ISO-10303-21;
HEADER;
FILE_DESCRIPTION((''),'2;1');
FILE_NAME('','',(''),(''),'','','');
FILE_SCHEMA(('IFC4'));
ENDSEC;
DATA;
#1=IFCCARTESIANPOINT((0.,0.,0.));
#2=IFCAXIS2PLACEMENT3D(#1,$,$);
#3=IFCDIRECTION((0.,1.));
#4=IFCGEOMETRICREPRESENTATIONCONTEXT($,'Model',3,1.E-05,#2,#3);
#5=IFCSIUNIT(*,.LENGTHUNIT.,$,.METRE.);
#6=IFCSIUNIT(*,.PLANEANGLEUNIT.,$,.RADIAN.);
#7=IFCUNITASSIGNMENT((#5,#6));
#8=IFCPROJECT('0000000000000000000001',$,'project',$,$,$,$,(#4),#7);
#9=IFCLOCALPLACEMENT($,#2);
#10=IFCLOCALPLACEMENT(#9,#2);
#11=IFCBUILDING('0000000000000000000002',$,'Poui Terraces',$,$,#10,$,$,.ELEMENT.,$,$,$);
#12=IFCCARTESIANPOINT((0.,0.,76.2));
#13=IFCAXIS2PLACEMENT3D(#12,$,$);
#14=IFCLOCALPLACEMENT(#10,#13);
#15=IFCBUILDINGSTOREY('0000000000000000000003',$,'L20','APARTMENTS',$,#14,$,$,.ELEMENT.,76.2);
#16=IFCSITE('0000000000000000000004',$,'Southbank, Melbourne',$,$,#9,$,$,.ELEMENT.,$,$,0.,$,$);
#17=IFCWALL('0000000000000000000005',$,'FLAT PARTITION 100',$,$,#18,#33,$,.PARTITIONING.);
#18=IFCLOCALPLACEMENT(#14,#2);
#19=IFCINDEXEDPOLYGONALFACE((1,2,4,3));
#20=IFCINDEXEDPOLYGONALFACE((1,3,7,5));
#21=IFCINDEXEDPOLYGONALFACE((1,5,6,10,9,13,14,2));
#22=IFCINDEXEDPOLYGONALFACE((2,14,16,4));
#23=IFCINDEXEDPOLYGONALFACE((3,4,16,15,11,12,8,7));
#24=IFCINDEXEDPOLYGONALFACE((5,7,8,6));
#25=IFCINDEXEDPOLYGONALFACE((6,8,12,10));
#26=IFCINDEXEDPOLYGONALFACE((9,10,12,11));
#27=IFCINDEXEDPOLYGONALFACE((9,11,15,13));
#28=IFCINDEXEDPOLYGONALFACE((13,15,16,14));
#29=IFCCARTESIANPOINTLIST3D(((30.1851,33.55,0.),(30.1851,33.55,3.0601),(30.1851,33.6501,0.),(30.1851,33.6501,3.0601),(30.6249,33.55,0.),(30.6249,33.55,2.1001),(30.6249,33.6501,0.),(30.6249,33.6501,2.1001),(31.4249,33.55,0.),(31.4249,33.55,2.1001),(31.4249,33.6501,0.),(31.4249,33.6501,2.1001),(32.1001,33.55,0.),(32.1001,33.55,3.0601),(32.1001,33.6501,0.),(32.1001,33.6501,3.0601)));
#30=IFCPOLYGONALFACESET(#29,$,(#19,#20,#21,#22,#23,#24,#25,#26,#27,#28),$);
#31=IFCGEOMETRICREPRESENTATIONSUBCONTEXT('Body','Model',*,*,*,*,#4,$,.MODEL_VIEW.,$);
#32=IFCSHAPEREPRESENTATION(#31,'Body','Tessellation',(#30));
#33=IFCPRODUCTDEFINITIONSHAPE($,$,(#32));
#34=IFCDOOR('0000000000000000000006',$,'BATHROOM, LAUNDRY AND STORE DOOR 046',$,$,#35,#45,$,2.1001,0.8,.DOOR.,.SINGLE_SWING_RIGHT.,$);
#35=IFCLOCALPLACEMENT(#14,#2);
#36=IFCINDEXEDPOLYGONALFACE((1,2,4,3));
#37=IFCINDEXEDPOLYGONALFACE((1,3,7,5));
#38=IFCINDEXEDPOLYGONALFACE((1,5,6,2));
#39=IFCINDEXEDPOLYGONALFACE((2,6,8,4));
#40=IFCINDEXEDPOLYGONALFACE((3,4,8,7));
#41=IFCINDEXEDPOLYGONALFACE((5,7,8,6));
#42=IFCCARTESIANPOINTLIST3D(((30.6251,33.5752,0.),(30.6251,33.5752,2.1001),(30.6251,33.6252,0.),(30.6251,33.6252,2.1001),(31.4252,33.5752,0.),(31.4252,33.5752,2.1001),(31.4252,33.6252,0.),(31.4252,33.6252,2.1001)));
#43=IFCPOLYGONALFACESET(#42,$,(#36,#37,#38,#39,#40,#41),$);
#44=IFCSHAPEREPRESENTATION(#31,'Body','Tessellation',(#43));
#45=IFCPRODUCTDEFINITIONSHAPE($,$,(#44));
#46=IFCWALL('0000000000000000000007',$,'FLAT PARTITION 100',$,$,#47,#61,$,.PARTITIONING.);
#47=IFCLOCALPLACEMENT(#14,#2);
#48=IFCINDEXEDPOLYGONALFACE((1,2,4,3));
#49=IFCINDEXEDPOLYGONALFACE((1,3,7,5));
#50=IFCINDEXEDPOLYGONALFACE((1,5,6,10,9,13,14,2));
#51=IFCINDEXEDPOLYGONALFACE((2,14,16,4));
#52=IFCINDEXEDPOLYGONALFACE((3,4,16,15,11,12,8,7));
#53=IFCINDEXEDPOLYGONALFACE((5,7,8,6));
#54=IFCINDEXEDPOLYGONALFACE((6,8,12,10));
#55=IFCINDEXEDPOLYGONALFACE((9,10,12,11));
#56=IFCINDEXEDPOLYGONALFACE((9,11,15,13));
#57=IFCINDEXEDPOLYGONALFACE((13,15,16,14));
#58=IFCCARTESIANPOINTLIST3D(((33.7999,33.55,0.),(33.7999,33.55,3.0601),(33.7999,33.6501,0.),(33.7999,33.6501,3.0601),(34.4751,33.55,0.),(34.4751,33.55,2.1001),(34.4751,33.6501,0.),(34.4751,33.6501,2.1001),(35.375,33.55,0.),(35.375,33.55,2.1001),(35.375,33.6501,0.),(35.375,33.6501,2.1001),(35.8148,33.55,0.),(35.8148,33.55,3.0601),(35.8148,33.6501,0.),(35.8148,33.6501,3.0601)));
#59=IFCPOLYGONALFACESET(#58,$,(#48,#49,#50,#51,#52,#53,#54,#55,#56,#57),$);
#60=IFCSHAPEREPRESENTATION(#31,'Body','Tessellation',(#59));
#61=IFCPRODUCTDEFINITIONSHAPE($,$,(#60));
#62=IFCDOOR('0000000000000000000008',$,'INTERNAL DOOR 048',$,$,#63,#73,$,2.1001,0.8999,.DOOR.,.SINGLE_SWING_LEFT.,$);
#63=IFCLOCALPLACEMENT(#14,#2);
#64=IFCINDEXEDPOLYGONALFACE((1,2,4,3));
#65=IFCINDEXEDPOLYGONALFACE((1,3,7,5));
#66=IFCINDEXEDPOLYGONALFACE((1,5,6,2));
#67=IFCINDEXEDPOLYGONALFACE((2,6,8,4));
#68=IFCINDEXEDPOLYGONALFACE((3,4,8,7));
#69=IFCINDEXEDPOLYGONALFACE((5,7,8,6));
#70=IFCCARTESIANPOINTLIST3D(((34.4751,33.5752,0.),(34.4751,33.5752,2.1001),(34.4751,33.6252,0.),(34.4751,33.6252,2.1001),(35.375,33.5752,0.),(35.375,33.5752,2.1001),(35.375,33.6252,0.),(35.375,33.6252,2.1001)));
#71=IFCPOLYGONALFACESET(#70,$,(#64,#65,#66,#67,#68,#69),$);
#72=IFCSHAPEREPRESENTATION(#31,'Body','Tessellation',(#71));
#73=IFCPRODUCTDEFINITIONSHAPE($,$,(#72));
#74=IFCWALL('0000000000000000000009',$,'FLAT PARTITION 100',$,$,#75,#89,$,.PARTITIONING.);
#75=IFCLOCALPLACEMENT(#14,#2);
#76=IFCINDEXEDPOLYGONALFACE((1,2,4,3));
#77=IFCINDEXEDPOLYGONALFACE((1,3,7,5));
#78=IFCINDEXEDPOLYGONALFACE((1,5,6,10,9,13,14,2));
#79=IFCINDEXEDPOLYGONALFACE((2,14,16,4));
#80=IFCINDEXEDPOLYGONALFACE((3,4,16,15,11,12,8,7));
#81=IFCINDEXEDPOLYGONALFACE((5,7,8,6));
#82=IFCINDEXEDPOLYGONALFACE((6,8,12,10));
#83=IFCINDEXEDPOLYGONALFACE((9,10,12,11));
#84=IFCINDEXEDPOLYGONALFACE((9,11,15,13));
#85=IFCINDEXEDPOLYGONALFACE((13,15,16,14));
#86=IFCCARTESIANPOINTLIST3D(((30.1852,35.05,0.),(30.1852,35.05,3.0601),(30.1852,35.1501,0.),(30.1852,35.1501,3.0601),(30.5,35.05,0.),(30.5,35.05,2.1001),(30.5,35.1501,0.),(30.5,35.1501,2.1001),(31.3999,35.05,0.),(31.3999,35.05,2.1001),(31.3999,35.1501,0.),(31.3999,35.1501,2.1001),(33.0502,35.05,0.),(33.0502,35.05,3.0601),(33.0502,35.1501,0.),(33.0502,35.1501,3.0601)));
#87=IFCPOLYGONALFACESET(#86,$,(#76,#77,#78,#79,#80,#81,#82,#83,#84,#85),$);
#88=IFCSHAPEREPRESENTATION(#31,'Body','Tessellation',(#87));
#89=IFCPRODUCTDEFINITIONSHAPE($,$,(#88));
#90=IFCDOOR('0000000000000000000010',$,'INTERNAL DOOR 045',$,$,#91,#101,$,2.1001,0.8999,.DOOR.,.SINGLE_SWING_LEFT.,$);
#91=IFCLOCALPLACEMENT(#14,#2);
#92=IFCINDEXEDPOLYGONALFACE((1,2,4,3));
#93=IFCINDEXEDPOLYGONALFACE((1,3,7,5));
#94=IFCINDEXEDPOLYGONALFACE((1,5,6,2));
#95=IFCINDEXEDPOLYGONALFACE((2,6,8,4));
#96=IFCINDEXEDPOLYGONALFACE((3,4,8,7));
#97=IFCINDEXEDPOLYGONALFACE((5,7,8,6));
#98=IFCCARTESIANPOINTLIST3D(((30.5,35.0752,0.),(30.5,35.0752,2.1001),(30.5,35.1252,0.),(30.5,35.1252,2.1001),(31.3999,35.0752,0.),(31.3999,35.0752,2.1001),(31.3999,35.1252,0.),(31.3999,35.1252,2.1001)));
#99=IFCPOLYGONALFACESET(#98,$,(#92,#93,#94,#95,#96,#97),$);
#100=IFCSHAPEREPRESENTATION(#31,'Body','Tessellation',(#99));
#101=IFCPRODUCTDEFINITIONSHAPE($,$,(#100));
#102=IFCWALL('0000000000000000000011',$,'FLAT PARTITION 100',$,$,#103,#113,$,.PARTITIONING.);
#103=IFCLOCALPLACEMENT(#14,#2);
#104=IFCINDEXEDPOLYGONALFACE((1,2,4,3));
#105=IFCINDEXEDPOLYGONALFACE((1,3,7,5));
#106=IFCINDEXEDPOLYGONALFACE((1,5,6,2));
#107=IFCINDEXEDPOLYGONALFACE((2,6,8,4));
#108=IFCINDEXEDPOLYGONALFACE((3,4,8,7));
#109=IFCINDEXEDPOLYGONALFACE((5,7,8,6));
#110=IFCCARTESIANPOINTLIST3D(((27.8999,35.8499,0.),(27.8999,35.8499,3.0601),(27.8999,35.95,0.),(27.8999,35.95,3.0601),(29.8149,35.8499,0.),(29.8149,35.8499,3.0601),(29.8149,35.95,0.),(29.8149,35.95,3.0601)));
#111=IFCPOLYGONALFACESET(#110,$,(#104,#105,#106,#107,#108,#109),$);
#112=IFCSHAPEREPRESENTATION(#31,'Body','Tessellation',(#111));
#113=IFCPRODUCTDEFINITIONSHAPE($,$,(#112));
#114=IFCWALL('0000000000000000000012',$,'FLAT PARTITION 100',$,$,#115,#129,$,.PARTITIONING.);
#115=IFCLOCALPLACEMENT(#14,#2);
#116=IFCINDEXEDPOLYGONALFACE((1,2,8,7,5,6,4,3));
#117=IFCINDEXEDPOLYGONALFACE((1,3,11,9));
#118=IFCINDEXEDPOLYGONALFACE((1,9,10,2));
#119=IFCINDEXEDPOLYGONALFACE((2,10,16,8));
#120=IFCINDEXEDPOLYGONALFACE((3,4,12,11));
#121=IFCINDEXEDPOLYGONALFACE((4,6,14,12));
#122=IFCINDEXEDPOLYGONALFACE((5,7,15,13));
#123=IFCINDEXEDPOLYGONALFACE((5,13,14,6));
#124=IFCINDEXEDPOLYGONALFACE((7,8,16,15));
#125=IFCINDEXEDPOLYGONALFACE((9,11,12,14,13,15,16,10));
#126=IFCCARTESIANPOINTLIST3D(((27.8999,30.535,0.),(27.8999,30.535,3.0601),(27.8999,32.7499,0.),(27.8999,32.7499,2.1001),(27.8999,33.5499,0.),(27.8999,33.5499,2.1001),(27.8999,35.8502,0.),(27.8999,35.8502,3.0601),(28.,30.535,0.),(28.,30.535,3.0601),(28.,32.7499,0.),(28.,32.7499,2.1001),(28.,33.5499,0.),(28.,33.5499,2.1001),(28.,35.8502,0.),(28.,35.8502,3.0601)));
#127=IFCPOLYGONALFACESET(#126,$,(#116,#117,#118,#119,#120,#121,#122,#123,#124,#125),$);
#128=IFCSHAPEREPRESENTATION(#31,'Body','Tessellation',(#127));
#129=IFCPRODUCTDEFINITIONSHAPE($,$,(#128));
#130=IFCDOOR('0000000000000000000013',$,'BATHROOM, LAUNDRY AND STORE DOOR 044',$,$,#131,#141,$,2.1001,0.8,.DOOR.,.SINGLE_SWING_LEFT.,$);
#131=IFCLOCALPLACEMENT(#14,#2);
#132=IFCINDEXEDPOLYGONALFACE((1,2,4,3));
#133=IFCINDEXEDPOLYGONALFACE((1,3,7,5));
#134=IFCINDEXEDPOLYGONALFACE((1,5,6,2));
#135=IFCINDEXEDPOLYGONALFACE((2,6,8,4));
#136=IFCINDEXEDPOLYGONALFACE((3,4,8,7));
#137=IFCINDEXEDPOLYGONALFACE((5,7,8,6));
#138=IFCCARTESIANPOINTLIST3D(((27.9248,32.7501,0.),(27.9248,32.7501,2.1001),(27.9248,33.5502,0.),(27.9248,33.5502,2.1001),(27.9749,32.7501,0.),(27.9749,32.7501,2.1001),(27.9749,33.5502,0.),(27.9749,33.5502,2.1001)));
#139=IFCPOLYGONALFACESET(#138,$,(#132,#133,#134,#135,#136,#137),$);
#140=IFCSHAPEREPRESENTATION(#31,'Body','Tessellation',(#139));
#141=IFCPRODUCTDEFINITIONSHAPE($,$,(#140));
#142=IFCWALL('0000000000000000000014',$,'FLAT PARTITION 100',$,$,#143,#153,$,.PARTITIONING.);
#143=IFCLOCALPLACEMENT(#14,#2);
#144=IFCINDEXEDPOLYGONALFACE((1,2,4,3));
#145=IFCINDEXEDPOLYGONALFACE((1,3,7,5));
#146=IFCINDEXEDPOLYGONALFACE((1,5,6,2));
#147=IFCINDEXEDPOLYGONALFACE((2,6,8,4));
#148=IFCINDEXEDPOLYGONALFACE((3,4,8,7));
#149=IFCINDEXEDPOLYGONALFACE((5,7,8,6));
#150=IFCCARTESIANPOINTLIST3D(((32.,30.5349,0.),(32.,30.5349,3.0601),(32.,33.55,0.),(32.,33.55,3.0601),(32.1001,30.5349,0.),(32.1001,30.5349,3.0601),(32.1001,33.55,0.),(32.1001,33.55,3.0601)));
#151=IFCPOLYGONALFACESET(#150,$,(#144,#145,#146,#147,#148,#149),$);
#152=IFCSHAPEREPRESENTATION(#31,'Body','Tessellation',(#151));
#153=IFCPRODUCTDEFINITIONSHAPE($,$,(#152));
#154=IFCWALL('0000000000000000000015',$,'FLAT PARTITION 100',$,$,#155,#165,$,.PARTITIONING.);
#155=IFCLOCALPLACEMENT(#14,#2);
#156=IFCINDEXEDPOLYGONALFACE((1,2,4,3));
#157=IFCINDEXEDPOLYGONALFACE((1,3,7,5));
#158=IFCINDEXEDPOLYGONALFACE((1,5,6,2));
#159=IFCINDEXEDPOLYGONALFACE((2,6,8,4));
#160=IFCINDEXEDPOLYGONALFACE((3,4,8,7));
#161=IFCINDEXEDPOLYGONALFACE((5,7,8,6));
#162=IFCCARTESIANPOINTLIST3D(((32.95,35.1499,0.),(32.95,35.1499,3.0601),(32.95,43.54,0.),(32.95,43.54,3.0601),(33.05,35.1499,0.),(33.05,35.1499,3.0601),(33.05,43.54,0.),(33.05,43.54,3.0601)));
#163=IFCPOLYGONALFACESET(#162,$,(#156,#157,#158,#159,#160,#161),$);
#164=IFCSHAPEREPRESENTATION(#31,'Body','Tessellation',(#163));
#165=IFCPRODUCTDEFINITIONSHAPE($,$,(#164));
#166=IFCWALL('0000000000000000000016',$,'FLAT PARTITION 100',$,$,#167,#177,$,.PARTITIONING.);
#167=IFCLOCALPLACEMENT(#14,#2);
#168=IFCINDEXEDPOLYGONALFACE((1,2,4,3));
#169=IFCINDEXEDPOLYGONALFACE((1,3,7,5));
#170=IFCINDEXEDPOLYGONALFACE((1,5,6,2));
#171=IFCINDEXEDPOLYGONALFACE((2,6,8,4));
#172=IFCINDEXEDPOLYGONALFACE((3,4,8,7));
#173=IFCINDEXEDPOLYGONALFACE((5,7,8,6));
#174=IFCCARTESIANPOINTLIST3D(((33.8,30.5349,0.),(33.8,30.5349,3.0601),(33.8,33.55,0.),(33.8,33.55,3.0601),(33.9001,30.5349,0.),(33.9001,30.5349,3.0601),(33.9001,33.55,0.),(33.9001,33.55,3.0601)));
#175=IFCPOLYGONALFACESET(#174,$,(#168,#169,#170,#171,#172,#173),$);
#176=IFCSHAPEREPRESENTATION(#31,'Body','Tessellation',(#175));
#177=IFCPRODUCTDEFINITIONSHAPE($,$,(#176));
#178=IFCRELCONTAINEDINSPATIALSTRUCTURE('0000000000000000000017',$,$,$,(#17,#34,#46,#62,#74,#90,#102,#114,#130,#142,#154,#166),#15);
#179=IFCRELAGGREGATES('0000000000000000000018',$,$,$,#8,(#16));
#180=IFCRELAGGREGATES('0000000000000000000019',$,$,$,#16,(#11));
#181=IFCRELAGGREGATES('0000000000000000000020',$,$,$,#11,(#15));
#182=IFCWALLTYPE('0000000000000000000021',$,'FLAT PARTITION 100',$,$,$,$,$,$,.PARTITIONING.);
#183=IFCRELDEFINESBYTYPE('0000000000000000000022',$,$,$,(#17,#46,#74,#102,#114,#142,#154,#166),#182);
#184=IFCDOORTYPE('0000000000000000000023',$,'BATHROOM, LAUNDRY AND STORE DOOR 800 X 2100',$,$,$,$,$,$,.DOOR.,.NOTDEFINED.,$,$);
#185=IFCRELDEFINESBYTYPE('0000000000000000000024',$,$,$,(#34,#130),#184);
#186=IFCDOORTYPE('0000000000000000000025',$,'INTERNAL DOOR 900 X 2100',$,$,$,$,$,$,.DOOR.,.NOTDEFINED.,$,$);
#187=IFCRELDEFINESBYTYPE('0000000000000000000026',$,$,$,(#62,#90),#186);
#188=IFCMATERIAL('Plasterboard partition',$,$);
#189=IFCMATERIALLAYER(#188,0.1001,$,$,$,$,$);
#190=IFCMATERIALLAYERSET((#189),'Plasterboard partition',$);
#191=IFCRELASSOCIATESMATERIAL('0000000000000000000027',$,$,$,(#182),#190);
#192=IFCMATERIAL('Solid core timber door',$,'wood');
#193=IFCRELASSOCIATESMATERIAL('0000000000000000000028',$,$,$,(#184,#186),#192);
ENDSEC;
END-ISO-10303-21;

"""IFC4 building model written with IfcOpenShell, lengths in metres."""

from ifc_helpers import new_model, si_unit, direction, frame, frame_2d, origin, place, context, subcontext, project, spatial, rectangle, extrude, material, layer, layer_set, type_object, element, fill, save


model = new_model("IFC4")

# Units and contexts
model_context = context("Model", 3, precision=1e-05, world=origin(), true_north=direction((0.0, 1.0)))
body_context = subcontext(model_context, "Body", "Model", "MODEL_VIEW")
ifc_project = project(units=[si_unit("LENGTHUNIT", "METRE"), si_unit("PLANEANGLEUNIT", "RADIAN")], contexts=[model_context])

# Site, building, storey
site_placement = place(None, origin())
site = spatial("IfcSite", under=ifc_project, at=site_placement, Name="Southbank, Melbourne", CompositionType="ELEMENT", RefElevation=0.0)
building_placement = place(site_placement, origin())
building = spatial("IfcBuilding", under=site, at=building_placement, Name="Poui Terraces", CompositionType="ELEMENT")
storey_placement = place(building_placement, frame((0.0, 0.0, 76.2)))
storey = spatial("IfcBuildingStorey", under=building, at=storey_placement, Name="L20", Description="APARTMENTS", CompositionType="ELEMENT", Elevation=76.2)

# Walls, openings, doors
ifc_material_1 = material(Name="Plasterboard partition")
ifc_layer_1 = layer(ifc_material_1, 0.1001)
ifc_layer_set_1 = layer_set([ifc_layer_1], Name="Plasterboard partition")
wall_type_1 = type_object("IfcWallType", Name="FLAT PARTITION 100", PredefinedType="PARTITIONING", material=ifc_layer_set_1)
wall_1_placement = place(storey_placement, frame((30.1851, 33.6001, 0.0), z_axis=(0.0, 0.0, 1.0), x_axis=(1.0, 0.0, 0.0)))
wall_1 = element("IfcWall", 1, at=wall_1_placement, inside=storey, type_object=wall_type_1, Name="FLAT PARTITION 100", PredefinedType="PARTITIONING", context=body_context, shape_type="SweptSolid", body=[
    extrude(rectangle(XDim=1.915, YDim=0.1001, at=frame_2d((0.9575, 0.0))), origin(), (0.0, 0.0, 1.0), 3.0601),
])
opening_1_placement = place(wall_1_placement, frame((0.4399, 0.0, 0.0)))
opening_1 = element("IfcOpeningElement", 2, at=opening_1_placement, cuts=wall_1, PredefinedType="OPENING", context=body_context, shape_type="SweptSolid", body=[
    extrude(rectangle(XDim=0.8, YDim=2.1001, at=frame_2d((0.3999, 1.05))), frame((0.0, 0.0601, 0.0), z_axis=(0.0, -1.0, 0.0), x_axis=(1.0, 0.0, 0.0)), (0.0, 0.0, 1.0), 0.1201),
])
ifc_material_2 = material(Name="Solid core timber door", Category="wood")
door_type_1 = type_object("IfcDoorType", Name="BATHROOM, LAUNDRY AND STORE DOOR 800 X 2100", OperationType="NOTDEFINED", PredefinedType="DOOR", material=ifc_material_2)
door_1_placement = place(opening_1_placement, frame((0.8, 0.0, 0.0), z_axis=(0.0, 0.0, 1.0), x_axis=(-1.0, 0.0, 0.0)))
door_1 = element("IfcDoor", 3, at=door_1_placement, inside=storey, type_object=door_type_1, Name="BATHROOM, LAUNDRY AND STORE DOOR 046", OperationType="SINGLE_SWING_RIGHT", OverallHeight=2.1001, OverallWidth=0.8, PredefinedType="DOOR", context=body_context, shape_type="SweptSolid", body=[
    extrude(rectangle(XDim=0.8, YDim=2.1001, at=frame_2d((0.3999, 1.05))), frame((0.0, 0.0249, 0.0), z_axis=(0.0, -1.0, 0.0), x_axis=(1.0, 0.0, 0.0)), (0.0, 0.0, 1.0), 0.05),
])
fill(opening_1, door_1)
wall_2_placement = place(storey_placement, frame((33.8, 33.6001, 0.0), z_axis=(0.0, 0.0, 1.0), x_axis=(1.0, 0.0, 0.0)))
wall_2 = element("IfcWall", 4, at=wall_2_placement, inside=storey, type_object=wall_type_1, Name="FLAT PARTITION 100", PredefinedType="PARTITIONING", context=body_context, shape_type="SweptSolid", body=[
    extrude(rectangle(XDim=2.0149, YDim=0.1001, at=frame_2d((1.0073, 0.0))), origin(), (0.0, 0.0, 1.0), 3.0601),
])
opening_2_placement = place(wall_2_placement, frame((0.675, 0.0, 0.0)))
opening_2 = element("IfcOpeningElement", 5, at=opening_2_placement, cuts=wall_2, PredefinedType="OPENING", context=body_context, shape_type="SweptSolid", body=[
    extrude(rectangle(XDim=0.8999, YDim=2.1001, at=frame_2d((0.45, 1.05))), frame((0.0, 0.0601, 0.0), z_axis=(0.0, -1.0, 0.0), x_axis=(1.0, 0.0, 0.0)), (0.0, 0.0, 1.0), 0.1201),
])
door_type_2 = type_object("IfcDoorType", Name="INTERNAL DOOR 900 X 2100", OperationType="NOTDEFINED", PredefinedType="DOOR", material=ifc_material_2)
door_2_placement = place(opening_2_placement, frame((0.8999, 0.0, 0.0), z_axis=(0.0, 0.0, 1.0), x_axis=(-1.0, 0.0, 0.0)))
door_2 = element("IfcDoor", 6, at=door_2_placement, inside=storey, type_object=door_type_2, Name="INTERNAL DOOR 048", OperationType="SINGLE_SWING_LEFT", OverallHeight=2.1001, OverallWidth=0.8999, PredefinedType="DOOR", context=body_context, shape_type="SweptSolid", body=[
    extrude(rectangle(XDim=0.8999, YDim=2.1001, at=frame_2d((0.45, 1.05))), frame((0.0, 0.0249, 0.0), z_axis=(0.0, -1.0, 0.0), x_axis=(1.0, 0.0, 0.0)), (0.0, 0.0, 1.0), 0.05),
])
fill(opening_2, door_2)
wall_3_placement = place(storey_placement, frame((30.1851, 35.1001, 0.0), z_axis=(0.0, 0.0, 1.0), x_axis=(1.0, 0.0, 0.0)))
wall_3 = element("IfcWall", 7, at=wall_3_placement, inside=storey, type_object=wall_type_1, Name="FLAT PARTITION 100", PredefinedType="PARTITIONING", context=body_context, shape_type="SweptSolid", body=[
    extrude(rectangle(XDim=2.865, YDim=0.1001, at=frame_2d((1.4326, 0.0))), origin(), (0.0, 0.0, 1.0), 3.0601),
])
opening_3_placement = place(wall_3_placement, frame((0.3149, 0.0, 0.0)))
opening_3 = element("IfcOpeningElement", 8, at=opening_3_placement, cuts=wall_3, PredefinedType="OPENING", context=body_context, shape_type="SweptSolid", body=[
    extrude(rectangle(XDim=0.8999, YDim=2.1001, at=frame_2d((0.45, 1.05))), frame((0.0, 0.0601, 0.0), z_axis=(0.0, -1.0, 0.0), x_axis=(1.0, 0.0, 0.0)), (0.0, 0.0, 1.0), 0.1201),
])
door_3_placement = place(opening_3_placement, frame((0.8999, 0.0, 0.0), z_axis=(0.0, 0.0, 1.0), x_axis=(-1.0, 0.0, 0.0)))
door_3 = element("IfcDoor", 9, at=door_3_placement, inside=storey, type_object=door_type_2, Name="INTERNAL DOOR 045", OperationType="SINGLE_SWING_LEFT", OverallHeight=2.1001, OverallWidth=0.8999, PredefinedType="DOOR", context=body_context, shape_type="SweptSolid", body=[
    extrude(rectangle(XDim=0.8999, YDim=2.1001, at=frame_2d((0.45, 1.05))), frame((0.0, 0.0249, 0.0), z_axis=(0.0, -1.0, 0.0), x_axis=(1.0, 0.0, 0.0)), (0.0, 0.0, 1.0), 0.05),
])
fill(opening_3, door_3)

# Wall
wall_4_placement = place(storey_placement, frame((27.8999, 35.8999, 0.0), z_axis=(0.0, 0.0, 1.0), x_axis=(1.0, 0.0, 0.0)))
element("IfcWall", 10, at=wall_4_placement, inside=storey, type_object=wall_type_1, Name="FLAT PARTITION 100", PredefinedType="PARTITIONING", context=body_context, shape_type="SweptSolid", body=[
    extrude(rectangle(XDim=1.915, YDim=0.1001, at=frame_2d((0.9575, 0.0))), origin(), (0.0, 0.0, 1.0), 3.0601),
])

# Wall, opening, door
wall_5_placement = place(storey_placement, frame((27.95, 30.5349, 0.0), z_axis=(0.0, 0.0, 1.0), x_axis=(0.0, 1.0, 0.0)))
wall_5 = element("IfcWall", 11, at=wall_5_placement, inside=storey, type_object=wall_type_1, Name="FLAT PARTITION 100", PredefinedType="PARTITIONING", context=body_context, shape_type="SweptSolid", body=[
    extrude(rectangle(XDim=5.3152, YDim=0.1001, at=frame_2d((2.6577, 0.0))), origin(), (0.0, 0.0, 1.0), 3.0601),
])
opening_4_placement = place(wall_5_placement, frame((2.2151, 0.0, 0.0)))
opening_4 = element("IfcOpeningElement", 12, at=opening_4_placement, cuts=wall_5, PredefinedType="OPENING", context=body_context, shape_type="SweptSolid", body=[
    extrude(rectangle(XDim=0.8, YDim=2.1001, at=frame_2d((0.3999, 1.05))), frame((0.0, 0.0601, 0.0), z_axis=(0.0, -1.0, 0.0), x_axis=(1.0, 0.0, 0.0)), (0.0, 0.0, 1.0), 0.1201),
])
door_4_placement = place(opening_4_placement, frame((0.8, 0.0, 0.0), z_axis=(0.0, 0.0, 1.0), x_axis=(-1.0, 0.0, 0.0)))
door_4 = element("IfcDoor", 13, at=door_4_placement, inside=storey, type_object=door_type_1, Name="BATHROOM, LAUNDRY AND STORE DOOR 044", OperationType="SINGLE_SWING_LEFT", OverallHeight=2.1001, OverallWidth=0.8, PredefinedType="DOOR", context=body_context, shape_type="SweptSolid", body=[
    extrude(rectangle(XDim=0.8, YDim=2.1001, at=frame_2d((0.3999, 1.05))), frame((0.0, 0.0249, 0.0), z_axis=(0.0, -1.0, 0.0), x_axis=(1.0, 0.0, 0.0)), (0.0, 0.0, 1.0), 0.05),
])
fill(opening_4, door_4)

# Walls
wall_6_placement = place(storey_placement, frame((32.05, 30.5349, 0.0), z_axis=(0.0, 0.0, 1.0), x_axis=(0.0, 1.0, 0.0)))
element("IfcWall", 14, at=wall_6_placement, inside=storey, type_object=wall_type_1, Name="FLAT PARTITION 100", PredefinedType="PARTITIONING", context=body_context, shape_type="SweptSolid", body=[
    extrude(rectangle(XDim=3.0151, YDim=0.1001, at=frame_2d((1.5076, 0.0))), origin(), (0.0, 0.0, 1.0), 3.0601),
])
wall_7_placement = place(storey_placement, frame((33.0, 35.1499, 0.0), z_axis=(0.0, 0.0, 1.0), x_axis=(0.0, 1.0, 0.0)))
element("IfcWall", 15, at=wall_7_placement, inside=storey, type_object=wall_type_1, Name="FLAT PARTITION 100", PredefinedType="PARTITIONING", context=body_context, shape_type="SweptSolid", body=[
    extrude(rectangle(XDim=8.3901, YDim=0.1001, at=frame_2d((4.1951, 0.0))), origin(), (0.0, 0.0, 1.0), 3.0601),
])
wall_8_placement = place(storey_placement, frame((33.8501, 30.5349, 0.0), z_axis=(0.0, 0.0, 1.0), x_axis=(0.0, 1.0, 0.0)))
element("IfcWall", 16, at=wall_8_placement, inside=storey, type_object=wall_type_1, Name="FLAT PARTITION 100", PredefinedType="PARTITIONING", context=body_context, shape_type="SweptSolid", body=[
    extrude(rectangle(XDim=3.0151, YDim=0.1001, at=frame_2d((1.5076, 0.0))), origin(), (0.0, 0.0, 1.0), 3.0601),
])

save(model, "model.ifc")
